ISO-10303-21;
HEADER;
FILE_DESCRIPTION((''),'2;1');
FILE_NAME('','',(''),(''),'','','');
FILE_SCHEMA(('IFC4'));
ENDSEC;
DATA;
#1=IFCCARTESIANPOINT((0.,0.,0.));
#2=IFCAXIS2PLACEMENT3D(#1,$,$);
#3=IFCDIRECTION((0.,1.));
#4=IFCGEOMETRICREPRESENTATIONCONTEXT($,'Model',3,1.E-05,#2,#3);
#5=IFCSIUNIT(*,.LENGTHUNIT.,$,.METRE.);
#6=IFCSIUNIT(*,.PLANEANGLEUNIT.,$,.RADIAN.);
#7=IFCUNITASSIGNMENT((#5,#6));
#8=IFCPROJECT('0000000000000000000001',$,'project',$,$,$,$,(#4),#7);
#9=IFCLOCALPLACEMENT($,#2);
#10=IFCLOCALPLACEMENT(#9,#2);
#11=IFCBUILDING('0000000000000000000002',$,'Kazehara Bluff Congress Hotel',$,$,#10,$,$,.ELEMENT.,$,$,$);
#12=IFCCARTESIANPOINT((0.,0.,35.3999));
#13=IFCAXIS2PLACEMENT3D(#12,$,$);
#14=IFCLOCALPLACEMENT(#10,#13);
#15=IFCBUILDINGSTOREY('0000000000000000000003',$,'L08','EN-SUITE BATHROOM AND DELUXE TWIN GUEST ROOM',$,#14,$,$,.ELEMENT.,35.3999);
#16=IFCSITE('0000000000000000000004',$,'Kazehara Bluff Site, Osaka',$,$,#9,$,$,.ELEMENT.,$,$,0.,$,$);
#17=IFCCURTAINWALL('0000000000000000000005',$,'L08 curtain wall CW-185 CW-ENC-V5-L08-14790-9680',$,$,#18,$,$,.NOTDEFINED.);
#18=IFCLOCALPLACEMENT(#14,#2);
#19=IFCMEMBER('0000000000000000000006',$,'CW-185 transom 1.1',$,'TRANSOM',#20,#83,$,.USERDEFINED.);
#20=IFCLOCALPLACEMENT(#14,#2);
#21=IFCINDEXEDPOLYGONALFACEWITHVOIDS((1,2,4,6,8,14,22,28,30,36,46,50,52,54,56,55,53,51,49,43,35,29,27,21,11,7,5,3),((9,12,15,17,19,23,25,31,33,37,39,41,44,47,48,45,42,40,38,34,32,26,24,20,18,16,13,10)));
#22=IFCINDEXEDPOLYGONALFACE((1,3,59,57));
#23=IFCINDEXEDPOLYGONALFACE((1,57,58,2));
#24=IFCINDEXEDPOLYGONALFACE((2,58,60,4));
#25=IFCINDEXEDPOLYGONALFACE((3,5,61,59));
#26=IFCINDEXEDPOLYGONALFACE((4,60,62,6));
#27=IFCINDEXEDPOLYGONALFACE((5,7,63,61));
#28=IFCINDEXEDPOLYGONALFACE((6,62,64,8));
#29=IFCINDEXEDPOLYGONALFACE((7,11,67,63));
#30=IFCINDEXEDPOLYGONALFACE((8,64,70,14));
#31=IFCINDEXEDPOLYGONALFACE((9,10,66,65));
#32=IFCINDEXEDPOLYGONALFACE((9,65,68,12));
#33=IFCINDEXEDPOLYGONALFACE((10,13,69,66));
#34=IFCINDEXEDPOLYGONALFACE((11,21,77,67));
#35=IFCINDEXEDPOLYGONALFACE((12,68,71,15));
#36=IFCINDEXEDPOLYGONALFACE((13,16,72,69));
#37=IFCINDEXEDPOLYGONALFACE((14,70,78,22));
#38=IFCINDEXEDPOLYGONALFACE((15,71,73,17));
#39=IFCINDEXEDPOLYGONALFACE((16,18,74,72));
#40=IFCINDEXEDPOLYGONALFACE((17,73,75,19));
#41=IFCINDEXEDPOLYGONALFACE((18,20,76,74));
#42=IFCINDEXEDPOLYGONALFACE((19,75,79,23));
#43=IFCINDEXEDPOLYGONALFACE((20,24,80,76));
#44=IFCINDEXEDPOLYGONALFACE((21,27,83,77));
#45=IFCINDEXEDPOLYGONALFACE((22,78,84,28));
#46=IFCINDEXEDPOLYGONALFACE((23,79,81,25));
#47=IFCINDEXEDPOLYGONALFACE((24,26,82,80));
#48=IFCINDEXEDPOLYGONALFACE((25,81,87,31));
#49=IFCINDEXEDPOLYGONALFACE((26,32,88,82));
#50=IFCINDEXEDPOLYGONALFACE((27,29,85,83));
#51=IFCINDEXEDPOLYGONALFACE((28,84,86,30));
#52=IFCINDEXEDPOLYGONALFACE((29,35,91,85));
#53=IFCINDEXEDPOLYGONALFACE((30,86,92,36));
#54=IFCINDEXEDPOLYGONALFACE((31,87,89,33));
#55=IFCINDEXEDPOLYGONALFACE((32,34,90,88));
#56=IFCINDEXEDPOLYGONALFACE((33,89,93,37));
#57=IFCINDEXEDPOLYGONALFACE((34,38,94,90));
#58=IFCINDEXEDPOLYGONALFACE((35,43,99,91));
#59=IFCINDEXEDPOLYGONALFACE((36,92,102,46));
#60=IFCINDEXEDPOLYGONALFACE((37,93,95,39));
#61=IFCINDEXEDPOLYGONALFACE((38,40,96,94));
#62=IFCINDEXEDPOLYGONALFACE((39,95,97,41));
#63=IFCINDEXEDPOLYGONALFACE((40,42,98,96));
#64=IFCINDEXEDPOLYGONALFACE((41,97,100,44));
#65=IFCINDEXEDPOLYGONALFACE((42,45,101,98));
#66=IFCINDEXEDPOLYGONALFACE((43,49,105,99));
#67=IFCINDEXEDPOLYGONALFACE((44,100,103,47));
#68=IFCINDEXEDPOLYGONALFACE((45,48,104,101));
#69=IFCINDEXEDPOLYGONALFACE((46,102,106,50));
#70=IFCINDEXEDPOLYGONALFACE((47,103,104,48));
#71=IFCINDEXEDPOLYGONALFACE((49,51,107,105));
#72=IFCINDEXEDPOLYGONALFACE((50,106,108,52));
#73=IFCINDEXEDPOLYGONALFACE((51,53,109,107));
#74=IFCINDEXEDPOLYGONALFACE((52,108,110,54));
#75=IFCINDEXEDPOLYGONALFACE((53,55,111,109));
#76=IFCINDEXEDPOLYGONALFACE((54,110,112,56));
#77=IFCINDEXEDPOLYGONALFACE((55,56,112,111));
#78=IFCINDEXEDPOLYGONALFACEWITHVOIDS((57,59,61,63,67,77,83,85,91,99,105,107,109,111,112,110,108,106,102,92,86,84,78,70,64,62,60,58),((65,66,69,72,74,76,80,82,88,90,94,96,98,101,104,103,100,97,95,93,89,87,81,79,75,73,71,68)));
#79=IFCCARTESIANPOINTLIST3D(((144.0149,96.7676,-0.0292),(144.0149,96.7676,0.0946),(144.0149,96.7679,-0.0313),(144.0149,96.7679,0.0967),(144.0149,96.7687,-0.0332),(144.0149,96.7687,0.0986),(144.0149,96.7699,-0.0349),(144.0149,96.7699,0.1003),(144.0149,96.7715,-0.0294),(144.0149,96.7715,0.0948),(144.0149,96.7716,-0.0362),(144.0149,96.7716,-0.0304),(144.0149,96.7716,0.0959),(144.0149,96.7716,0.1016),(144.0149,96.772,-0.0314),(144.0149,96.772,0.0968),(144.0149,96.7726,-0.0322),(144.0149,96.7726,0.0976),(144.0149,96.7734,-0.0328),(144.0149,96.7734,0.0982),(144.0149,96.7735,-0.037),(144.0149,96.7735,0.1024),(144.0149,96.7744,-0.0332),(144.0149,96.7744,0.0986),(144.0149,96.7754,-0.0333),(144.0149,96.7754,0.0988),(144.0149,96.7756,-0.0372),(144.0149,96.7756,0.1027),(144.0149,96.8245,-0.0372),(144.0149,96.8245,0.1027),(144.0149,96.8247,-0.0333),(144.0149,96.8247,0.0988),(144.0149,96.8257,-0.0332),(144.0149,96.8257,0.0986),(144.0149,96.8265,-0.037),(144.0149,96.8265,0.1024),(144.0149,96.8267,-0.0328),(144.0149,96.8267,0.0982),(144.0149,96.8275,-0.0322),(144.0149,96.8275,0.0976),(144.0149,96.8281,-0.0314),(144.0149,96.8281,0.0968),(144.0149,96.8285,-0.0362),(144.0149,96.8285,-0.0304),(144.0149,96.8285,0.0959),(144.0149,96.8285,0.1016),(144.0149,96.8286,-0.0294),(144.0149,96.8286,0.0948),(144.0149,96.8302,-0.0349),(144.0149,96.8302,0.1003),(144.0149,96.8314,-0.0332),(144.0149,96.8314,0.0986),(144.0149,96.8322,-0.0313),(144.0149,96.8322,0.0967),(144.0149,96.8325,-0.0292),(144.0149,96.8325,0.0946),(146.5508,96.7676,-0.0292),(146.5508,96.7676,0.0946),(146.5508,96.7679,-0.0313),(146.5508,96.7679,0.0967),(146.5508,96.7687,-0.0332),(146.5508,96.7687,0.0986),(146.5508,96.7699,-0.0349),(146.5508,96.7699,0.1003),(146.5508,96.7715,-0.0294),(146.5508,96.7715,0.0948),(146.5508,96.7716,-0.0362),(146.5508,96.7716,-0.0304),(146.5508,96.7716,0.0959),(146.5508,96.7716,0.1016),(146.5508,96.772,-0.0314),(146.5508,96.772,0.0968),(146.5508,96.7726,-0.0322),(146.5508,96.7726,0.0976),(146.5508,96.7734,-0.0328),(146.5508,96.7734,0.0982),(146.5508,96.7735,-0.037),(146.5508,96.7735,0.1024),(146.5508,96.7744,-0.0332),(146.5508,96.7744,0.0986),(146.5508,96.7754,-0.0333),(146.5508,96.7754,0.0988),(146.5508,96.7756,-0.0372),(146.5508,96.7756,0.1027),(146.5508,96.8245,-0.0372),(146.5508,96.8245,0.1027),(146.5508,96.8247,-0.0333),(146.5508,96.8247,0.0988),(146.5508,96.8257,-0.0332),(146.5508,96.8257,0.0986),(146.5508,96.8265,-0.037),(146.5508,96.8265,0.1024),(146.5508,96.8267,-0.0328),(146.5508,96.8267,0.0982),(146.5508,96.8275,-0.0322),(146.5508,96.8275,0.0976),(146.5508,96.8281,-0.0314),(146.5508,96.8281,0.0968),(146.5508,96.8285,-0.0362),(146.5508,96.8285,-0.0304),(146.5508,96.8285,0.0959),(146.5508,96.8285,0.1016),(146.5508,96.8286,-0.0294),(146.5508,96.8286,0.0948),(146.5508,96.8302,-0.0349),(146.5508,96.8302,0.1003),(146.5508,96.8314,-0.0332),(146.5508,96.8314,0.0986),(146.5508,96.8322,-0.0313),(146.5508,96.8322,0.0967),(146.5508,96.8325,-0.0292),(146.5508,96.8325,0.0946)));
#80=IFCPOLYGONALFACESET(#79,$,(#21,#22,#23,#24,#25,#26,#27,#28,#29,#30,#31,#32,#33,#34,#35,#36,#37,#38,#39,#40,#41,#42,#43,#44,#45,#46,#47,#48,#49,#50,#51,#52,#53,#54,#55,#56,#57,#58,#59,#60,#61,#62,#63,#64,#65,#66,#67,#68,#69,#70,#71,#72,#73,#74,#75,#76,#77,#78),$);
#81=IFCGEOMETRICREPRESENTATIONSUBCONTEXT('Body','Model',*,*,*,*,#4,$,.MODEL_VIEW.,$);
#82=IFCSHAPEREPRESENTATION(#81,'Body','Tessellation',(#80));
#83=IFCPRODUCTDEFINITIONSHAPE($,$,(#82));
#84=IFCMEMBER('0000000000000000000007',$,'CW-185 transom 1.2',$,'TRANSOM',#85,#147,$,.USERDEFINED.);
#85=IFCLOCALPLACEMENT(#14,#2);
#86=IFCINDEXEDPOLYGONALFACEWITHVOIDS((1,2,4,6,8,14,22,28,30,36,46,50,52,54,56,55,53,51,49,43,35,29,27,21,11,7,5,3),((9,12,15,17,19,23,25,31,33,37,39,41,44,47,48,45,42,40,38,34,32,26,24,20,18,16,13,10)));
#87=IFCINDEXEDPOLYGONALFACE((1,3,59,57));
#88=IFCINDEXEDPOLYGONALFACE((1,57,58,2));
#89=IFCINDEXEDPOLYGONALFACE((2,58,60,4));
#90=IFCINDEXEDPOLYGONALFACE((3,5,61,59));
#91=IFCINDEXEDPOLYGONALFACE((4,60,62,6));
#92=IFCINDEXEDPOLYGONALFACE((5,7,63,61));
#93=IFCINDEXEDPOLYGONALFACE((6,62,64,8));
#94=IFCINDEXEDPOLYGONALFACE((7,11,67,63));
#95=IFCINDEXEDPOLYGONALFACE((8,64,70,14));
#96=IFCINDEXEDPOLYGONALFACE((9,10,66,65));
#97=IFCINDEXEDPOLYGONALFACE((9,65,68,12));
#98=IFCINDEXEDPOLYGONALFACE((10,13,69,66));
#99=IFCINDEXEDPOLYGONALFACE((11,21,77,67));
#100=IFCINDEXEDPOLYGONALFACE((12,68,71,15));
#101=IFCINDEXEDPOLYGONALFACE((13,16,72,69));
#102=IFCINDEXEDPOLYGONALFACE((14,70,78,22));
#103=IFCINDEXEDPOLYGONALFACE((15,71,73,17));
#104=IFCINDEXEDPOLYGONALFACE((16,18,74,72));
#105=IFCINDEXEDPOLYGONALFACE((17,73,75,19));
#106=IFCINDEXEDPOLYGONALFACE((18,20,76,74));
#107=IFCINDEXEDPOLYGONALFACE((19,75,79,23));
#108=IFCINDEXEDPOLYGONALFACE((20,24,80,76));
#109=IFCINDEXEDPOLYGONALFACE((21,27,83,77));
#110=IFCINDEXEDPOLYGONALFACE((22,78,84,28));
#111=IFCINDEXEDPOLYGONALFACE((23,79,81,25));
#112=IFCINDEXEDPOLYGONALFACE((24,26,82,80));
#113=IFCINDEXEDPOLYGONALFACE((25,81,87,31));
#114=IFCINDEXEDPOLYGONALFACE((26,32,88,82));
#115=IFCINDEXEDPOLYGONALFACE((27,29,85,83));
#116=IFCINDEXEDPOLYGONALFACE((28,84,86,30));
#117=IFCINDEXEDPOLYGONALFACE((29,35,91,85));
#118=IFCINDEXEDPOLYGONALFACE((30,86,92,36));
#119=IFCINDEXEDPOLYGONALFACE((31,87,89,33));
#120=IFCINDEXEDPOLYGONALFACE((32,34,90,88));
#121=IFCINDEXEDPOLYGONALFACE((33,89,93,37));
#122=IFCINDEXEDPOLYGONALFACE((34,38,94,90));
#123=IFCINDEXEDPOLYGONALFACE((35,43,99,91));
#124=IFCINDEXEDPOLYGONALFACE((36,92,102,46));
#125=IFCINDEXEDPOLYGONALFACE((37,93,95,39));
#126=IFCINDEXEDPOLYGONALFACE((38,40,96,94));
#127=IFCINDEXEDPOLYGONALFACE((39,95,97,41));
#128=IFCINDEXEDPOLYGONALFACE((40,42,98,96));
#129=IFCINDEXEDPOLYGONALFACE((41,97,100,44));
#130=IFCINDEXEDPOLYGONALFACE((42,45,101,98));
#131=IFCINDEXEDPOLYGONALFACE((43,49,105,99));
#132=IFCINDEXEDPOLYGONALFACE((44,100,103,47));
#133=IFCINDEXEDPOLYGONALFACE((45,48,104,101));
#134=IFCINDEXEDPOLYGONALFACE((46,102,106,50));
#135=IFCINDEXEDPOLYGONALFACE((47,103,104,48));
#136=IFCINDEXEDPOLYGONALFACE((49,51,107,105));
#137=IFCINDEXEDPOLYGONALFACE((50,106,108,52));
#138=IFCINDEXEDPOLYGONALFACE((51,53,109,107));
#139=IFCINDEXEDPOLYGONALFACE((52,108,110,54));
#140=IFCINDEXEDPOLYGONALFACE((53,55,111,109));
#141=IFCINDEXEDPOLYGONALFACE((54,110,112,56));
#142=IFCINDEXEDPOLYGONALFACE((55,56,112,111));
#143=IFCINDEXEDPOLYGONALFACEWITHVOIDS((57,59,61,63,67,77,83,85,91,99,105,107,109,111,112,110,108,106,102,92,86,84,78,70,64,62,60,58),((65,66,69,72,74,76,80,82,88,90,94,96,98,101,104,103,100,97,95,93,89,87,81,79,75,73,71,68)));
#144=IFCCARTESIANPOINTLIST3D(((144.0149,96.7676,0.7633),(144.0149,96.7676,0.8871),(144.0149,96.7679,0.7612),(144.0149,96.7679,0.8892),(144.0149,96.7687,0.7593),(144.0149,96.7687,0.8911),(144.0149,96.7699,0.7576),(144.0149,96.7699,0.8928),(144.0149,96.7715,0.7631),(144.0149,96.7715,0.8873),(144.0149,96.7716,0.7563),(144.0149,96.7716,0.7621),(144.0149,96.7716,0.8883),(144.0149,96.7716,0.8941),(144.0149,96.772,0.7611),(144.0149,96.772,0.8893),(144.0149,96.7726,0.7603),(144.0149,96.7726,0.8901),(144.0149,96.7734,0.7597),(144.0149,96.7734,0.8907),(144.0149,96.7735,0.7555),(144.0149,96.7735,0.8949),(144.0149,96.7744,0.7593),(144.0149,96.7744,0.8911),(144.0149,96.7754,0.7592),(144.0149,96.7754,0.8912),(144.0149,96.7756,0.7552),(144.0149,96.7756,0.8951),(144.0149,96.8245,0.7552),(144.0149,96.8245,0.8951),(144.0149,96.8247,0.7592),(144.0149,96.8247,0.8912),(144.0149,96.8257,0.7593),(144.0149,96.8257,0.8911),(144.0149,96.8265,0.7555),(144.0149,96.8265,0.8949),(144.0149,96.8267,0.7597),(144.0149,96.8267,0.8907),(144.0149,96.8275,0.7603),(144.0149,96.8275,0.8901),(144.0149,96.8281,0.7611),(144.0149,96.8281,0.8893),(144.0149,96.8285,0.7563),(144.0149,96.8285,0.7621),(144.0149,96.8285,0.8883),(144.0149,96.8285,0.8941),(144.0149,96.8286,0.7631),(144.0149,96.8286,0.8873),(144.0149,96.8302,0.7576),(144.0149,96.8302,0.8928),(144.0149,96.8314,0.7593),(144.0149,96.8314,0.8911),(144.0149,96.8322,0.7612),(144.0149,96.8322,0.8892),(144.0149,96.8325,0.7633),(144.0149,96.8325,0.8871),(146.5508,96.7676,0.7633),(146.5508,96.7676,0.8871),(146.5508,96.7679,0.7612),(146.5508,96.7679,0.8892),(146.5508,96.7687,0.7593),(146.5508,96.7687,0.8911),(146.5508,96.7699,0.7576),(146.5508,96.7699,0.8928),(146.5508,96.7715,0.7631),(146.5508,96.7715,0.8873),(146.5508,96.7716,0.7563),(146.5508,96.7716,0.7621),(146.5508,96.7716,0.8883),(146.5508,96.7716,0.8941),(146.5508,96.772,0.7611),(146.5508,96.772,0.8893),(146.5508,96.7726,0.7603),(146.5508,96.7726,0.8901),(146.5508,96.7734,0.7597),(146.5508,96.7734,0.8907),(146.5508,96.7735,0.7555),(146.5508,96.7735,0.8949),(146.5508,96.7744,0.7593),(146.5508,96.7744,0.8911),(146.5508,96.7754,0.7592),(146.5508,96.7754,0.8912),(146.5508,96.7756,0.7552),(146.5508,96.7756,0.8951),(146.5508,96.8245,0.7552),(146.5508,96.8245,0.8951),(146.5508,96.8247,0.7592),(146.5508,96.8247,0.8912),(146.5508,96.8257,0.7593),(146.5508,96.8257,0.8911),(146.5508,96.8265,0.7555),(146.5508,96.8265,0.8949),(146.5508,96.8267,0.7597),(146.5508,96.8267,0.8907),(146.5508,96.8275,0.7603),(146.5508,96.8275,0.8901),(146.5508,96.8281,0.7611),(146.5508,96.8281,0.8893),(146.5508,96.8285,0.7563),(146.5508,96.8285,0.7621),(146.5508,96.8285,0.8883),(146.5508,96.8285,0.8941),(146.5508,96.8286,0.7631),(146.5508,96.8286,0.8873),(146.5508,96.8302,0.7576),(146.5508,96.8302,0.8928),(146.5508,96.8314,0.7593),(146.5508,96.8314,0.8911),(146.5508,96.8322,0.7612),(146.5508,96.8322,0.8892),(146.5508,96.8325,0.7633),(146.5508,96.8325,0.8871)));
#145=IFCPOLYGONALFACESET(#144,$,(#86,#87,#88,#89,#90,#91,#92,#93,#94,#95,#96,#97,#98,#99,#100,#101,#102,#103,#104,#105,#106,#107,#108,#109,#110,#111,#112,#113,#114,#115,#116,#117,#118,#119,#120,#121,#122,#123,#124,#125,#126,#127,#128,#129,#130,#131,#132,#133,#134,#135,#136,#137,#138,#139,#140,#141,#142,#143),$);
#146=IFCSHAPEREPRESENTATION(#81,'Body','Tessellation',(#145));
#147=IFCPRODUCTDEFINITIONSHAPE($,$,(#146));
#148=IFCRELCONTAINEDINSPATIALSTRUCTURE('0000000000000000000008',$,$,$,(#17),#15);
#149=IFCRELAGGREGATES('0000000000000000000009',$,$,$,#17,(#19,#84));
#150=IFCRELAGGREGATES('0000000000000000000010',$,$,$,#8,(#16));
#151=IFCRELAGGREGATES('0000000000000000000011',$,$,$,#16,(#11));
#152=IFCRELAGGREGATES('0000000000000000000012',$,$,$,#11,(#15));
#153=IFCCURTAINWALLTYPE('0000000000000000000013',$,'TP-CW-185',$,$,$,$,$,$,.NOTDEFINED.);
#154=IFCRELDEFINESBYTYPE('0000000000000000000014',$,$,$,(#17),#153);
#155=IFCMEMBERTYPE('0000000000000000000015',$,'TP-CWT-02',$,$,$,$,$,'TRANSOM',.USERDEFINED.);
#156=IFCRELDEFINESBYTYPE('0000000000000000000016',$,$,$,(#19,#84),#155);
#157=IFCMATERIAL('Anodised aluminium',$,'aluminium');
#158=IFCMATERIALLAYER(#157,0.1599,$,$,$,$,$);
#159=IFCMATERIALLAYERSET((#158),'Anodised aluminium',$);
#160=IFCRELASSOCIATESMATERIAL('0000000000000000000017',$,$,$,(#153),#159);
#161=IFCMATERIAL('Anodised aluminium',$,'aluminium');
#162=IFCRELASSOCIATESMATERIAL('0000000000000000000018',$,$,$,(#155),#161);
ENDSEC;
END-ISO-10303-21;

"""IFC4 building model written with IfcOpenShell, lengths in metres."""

from ifc_helpers import new_model, si_unit, direction, frame, origin, origin_2d, place, context, subcontext, project, spatial, hollow_rectangle, extrude, material, layer, layer_set, material_profile, profile_set, type_object, element, aggregate, save


model = new_model("IFC4")

# Units and contexts
model_context = context("Model", 3, precision=1e-05, world=origin(), true_north=direction((0.0, 1.0)))
body_context = subcontext(model_context, "Body", "Model", "MODEL_VIEW")
ifc_project = project(units=[si_unit("LENGTHUNIT", "METRE"), si_unit("PLANEANGLEUNIT", "RADIAN")], contexts=[model_context])

# Site, building, storey
site_placement = place(None, origin())
site = spatial("IfcSite", under=ifc_project, at=site_placement, Name="Kazehara Bluff Site, Osaka", CompositionType="ELEMENT", RefElevation=0.0)
building_placement = place(site_placement, origin())
building = spatial("IfcBuilding", under=site, at=building_placement, Name="Kazehara Bluff Congress Hotel", CompositionType="ELEMENT")
storey_placement = place(building_placement, frame((0.0, 0.0, 35.3999)))
storey = spatial("IfcBuildingStorey", under=building, at=storey_placement, Name="L08", Description="EN-SUITE BATHROOM AND DELUXE TWIN GUEST ROOM", CompositionType="ELEMENT", Elevation=35.3999)

# Curtain wall
ifc_material_1 = material(Name="Anodised aluminium", Category="aluminium")
ifc_layer_1 = layer(ifc_material_1, 0.1599)
ifc_layer_set_1 = layer_set([ifc_layer_1], Name="Anodised aluminium")
curtain_wall_type_1 = type_object("IfcCurtainWallType", Name="TP-CW-185", PredefinedType="NOTDEFINED", material=ifc_layer_set_1)
curtain_wall_1_placement = place(storey_placement, origin())
curtain_wall_1 = element("IfcCurtainWall", 1, at=curtain_wall_1_placement, inside=storey, type_object=curtain_wall_type_1, Name="L08 curtain wall CW-185 CW-ENC-V5-L08-14790-9680", PredefinedType="NOTDEFINED")

# Members
ifc_material_2 = material(Name="Anodised aluminium", Category="aluminium")
ifc_material_profile_1 = material_profile(ifc_material_2, hollow_rectangle(XDim=0.0649, YDim=0.1399, WallThickness=0.0039, InnerFilletRadius=0.0039, OuterFilletRadius=0.0081, at=origin_2d()))
ifc_profile_set_1 = profile_set([ifc_material_profile_1], Name="Anodised aluminium")
member_type_1 = type_object("IfcMemberType", Name="TP-CWT-02", ElementType="TRANSOM", PredefinedType="USERDEFINED", material=ifc_profile_set_1)
member_1_placement = place(storey_placement, frame((144.0149, 96.8, 0.0327), z_axis=(1.0, 0.0, 0.0), x_axis=(0.0, 1.0, 0.0)))
member_1 = element("IfcMember", 2, at=member_1_placement, type_object=member_type_1, Name="CW-185 transom 1.1", ObjectType="TRANSOM", PredefinedType="USERDEFINED", context=body_context, shape_type="SweptSolid", body=[
    extrude(hollow_rectangle(XDim=0.0649, YDim=0.1399, WallThickness=0.0039, InnerFilletRadius=0.0039, OuterFilletRadius=0.0081, at=origin_2d()), origin(), (0.0, 0.0, 1.0), 2.5359),
])
member_2_placement = place(storey_placement, frame((144.0149, 96.8, 0.8252), z_axis=(1.0, 0.0, 0.0), x_axis=(0.0, 1.0, 0.0)))
member_2 = element("IfcMember", 3, at=member_2_placement, type_object=member_type_1, Name="CW-185 transom 1.2", ObjectType="TRANSOM", PredefinedType="USERDEFINED", context=body_context, shape_type="SweptSolid", body=[
    extrude(hollow_rectangle(XDim=0.0649, YDim=0.1399, WallThickness=0.0039, InnerFilletRadius=0.0039, OuterFilletRadius=0.0081, at=origin_2d()), origin(), (0.0, 0.0, 1.0), 2.5359),
])
aggregate(curtain_wall_1, [member_1, member_2])

save(model, "model.ifc")
